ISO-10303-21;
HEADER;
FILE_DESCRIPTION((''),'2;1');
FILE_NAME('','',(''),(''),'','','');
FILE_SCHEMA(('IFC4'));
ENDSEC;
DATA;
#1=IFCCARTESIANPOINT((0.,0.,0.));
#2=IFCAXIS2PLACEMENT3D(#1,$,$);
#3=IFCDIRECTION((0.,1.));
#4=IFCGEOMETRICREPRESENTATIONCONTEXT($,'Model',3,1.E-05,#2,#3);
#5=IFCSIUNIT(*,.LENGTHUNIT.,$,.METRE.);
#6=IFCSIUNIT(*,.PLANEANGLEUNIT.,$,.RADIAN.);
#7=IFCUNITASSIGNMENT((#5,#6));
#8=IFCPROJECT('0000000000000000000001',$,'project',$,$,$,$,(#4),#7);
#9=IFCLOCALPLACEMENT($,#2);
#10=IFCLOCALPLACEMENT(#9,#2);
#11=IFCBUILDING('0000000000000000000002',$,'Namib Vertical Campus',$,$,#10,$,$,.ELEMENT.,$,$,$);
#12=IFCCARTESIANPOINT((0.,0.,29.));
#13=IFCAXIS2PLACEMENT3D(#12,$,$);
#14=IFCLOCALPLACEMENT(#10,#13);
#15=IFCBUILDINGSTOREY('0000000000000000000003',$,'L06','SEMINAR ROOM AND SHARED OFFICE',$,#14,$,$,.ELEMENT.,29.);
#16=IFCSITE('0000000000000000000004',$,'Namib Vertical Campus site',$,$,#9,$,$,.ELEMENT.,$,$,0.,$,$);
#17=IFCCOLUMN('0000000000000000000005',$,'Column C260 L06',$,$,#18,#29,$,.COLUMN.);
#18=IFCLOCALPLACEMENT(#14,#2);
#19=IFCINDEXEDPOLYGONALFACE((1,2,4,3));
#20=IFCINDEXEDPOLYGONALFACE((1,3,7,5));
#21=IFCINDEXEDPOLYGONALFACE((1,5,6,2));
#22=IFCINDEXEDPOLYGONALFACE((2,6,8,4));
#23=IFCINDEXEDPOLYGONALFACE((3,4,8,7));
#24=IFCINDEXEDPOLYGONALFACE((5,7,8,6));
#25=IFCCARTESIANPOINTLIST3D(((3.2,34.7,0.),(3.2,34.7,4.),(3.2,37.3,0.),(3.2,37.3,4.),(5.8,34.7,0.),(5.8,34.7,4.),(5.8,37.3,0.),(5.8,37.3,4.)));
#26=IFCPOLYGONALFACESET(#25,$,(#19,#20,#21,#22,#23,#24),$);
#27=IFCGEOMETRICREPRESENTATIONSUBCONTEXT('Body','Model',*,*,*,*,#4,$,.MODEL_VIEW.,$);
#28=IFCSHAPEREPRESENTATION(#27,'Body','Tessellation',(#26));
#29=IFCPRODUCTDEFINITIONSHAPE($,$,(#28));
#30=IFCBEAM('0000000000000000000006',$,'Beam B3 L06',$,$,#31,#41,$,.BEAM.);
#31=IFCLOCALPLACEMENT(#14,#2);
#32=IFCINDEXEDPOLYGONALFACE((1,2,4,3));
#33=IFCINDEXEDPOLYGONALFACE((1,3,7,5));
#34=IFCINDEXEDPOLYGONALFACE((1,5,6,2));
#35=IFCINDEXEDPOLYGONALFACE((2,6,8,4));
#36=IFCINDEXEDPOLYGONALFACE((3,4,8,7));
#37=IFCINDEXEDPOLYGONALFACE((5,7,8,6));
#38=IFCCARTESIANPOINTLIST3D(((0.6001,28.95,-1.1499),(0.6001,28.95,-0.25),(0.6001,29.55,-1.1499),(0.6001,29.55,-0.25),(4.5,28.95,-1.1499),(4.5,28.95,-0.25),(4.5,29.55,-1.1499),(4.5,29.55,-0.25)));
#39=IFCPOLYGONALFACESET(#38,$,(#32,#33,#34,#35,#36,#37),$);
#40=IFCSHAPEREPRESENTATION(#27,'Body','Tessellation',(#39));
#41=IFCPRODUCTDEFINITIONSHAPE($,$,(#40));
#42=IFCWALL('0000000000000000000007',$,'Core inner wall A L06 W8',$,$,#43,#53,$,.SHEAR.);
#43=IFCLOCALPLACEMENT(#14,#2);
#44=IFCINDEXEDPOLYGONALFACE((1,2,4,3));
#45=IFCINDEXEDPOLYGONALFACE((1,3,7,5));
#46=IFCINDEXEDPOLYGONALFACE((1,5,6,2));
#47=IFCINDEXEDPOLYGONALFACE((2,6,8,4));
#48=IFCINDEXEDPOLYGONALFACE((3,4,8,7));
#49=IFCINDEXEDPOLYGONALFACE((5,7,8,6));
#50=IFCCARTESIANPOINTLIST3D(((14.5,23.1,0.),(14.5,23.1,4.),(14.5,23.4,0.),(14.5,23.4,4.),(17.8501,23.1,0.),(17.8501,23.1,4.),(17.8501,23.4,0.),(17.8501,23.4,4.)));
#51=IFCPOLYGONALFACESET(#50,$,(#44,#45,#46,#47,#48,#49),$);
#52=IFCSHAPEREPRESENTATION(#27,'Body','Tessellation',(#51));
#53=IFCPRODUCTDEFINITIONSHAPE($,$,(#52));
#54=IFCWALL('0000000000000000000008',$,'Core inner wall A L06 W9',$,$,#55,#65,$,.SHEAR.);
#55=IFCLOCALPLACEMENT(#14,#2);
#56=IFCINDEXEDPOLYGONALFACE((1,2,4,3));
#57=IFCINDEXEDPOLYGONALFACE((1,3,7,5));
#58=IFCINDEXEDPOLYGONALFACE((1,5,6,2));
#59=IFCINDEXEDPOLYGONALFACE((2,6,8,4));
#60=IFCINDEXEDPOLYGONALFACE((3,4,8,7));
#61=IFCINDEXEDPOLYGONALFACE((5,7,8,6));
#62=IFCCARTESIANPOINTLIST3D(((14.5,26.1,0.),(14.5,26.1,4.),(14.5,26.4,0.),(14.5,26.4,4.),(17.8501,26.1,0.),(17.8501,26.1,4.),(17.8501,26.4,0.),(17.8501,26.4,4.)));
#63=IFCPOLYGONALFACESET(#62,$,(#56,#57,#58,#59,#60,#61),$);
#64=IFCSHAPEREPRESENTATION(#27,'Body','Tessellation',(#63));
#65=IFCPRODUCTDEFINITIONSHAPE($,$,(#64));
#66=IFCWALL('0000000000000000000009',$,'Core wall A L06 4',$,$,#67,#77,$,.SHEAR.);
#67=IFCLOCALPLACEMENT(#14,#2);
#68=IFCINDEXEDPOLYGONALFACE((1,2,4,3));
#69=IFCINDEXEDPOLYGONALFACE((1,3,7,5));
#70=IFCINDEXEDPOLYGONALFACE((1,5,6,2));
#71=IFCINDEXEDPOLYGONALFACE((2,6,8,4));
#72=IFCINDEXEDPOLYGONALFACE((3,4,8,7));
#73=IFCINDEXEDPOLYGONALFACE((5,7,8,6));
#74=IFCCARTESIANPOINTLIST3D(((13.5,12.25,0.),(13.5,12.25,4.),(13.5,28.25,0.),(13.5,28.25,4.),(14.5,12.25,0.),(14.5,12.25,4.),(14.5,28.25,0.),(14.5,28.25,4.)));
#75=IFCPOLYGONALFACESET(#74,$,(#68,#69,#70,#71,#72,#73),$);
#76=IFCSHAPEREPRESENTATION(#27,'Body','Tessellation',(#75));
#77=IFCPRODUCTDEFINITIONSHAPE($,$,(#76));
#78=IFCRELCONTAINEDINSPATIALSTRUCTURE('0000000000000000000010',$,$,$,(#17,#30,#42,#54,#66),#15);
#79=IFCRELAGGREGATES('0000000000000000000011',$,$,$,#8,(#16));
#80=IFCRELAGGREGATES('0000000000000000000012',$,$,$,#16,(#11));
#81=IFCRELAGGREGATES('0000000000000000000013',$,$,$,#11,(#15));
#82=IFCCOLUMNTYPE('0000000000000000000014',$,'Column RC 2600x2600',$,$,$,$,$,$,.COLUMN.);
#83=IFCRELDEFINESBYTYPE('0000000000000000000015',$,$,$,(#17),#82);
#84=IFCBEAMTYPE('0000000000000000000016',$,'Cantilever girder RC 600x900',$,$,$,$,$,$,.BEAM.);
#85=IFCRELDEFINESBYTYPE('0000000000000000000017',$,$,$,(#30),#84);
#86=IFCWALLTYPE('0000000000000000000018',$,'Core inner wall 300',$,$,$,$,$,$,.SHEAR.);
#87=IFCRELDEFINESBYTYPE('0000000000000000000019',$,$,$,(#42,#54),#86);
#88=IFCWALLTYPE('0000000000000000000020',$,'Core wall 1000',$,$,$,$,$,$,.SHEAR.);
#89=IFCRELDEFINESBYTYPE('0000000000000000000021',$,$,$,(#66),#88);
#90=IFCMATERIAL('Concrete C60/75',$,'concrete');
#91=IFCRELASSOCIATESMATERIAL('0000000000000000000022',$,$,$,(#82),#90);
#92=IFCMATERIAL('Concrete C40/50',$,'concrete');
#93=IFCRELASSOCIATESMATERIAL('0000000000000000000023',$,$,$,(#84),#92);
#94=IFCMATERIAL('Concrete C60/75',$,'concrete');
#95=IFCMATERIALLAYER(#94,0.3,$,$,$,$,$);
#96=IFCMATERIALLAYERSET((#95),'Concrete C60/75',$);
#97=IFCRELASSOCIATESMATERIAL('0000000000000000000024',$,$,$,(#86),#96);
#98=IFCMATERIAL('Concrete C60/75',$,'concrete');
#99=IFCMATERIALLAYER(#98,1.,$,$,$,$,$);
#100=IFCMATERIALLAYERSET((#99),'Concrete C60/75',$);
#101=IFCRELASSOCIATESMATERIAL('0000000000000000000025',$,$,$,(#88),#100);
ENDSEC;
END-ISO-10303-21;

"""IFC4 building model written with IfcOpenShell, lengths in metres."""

from ifc_helpers import new_model, si_unit, direction, frame, frame_2d, origin, origin_2d, place, context, subcontext, project, spatial, rectangle, extrude, material, layer, layer_set, material_profile, profile_set, type_object, element, save


model = new_model("IFC4")

# Units and contexts
model_context = context("Model", 3, precision=1e-05, world=origin(), true_north=direction((0.0, 1.0)))
body_context = subcontext(model_context, "Body", "Model", "MODEL_VIEW")
ifc_project = project(units=[si_unit("LENGTHUNIT", "METRE"), si_unit("PLANEANGLEUNIT", "RADIAN")], contexts=[model_context])

# Site, building, storey
site_placement = place(None, origin())
site = spatial("IfcSite", under=ifc_project, at=site_placement, Name="Namib Vertical Campus site", CompositionType="ELEMENT", RefElevation=0.0)
building_placement = place(site_placement, origin())
building = spatial("IfcBuilding", under=site, at=building_placement, Name="Namib Vertical Campus", CompositionType="ELEMENT")
storey_placement = place(building_placement, frame((0.0, 0.0, 29.0)))
storey = spatial("IfcBuildingStorey", under=building, at=storey_placement, Name="L06", Description="SEMINAR ROOM AND SHARED OFFICE", CompositionType="ELEMENT", Elevation=29.0)

# Column
ifc_material_1 = material(Name="Concrete C60/75", Category="concrete")
ifc_material_profile_1 = material_profile(ifc_material_1, rectangle(XDim=2.6001, YDim=2.6001, at=origin_2d()))
ifc_profile_set_1 = profile_set([ifc_material_profile_1], Name="Concrete C60/75")
column_type = type_object("IfcColumnType", Name="Column RC 2600x2600", PredefinedType="COLUMN", material=ifc_profile_set_1)
column_placement = place(storey_placement, frame((4.5, 36.0, 0.0), z_axis=(0.0, 0.0, 1.0), x_axis=(1.0, 0.0, 0.0)))
element("IfcColumn", 1, at=column_placement, inside=storey, type_object=column_type, Name="Column C260 L06", PredefinedType="COLUMN", context=body_context, shape_type="SweptSolid", body=[
    extrude(rectangle(XDim=2.6001, YDim=2.6001, at=origin_2d()), origin(), (0.0, 0.0, 1.0), 4.0),
])

# Beam
ifc_material_2 = material(Name="Concrete C40/50", Category="concrete")
ifc_material_profile_2 = material_profile(ifc_material_2, rectangle(XDim=0.6001, YDim=0.8999, at=origin_2d()))
ifc_profile_set_2 = profile_set([ifc_material_profile_2], Name="Concrete C40/50")
beam_type = type_object("IfcBeamType", Name="Cantilever girder RC 600x900", PredefinedType="BEAM", material=ifc_profile_set_2)
beam_placement = place(storey_placement, frame((4.5, 29.25, -0.7), z_axis=(-1.0, 0.0, 0.0), x_axis=(0.0, -1.0, 0.0)))
element("IfcBeam", 2, at=beam_placement, inside=storey, type_object=beam_type, Name="Beam B3 L06", PredefinedType="BEAM", context=body_context, shape_type="SweptSolid", body=[
    extrude(rectangle(XDim=0.6001, YDim=0.8999, at=origin_2d()), origin(), (0.0, 0.0, 1.0), 3.8999),
])

# Walls
ifc_material_3 = material(Name="Concrete C60/75", Category="concrete")
ifc_layer_1 = layer(ifc_material_3, 0.3)
ifc_layer_set_1 = layer_set([ifc_layer_1], Name="Concrete C60/75")
wall_type_1 = type_object("IfcWallType", Name="Core inner wall 300", PredefinedType="SHEAR", material=ifc_layer_set_1)
for number, where, z_axis, x_axis, name in (
    (3, (14.5, 23.25, 0.0), (0.0, 0.0, 1.0), (1.0, 0.0, 0.0), "Core inner wall A L06 W8"),
    (4, (14.5, 26.25, 0.0), (0.0, 0.0, 1.0), (1.0, 0.0, 0.0), "Core inner wall A L06 W9"),
):
    element("IfcWall", number, at=place(storey_placement, frame(where, z_axis=z_axis, x_axis=x_axis)), inside=storey, type_object=wall_type_1, Name=name, PredefinedType="SHEAR", context=body_context, shape_type="SweptSolid", body=[
        extrude(rectangle(XDim=3.3501, YDim=0.3, at=frame_2d((1.675, 0.0))), origin(), (0.0, 0.0, 1.0), 4.0),
    ])
ifc_material_4 = material(Name="Concrete C60/75", Category="concrete")
ifc_layer_2 = layer(ifc_material_4, 1.0)
ifc_layer_set_2 = layer_set([ifc_layer_2], Name="Concrete C60/75")
wall_type_2 = type_object("IfcWallType", Name="Core wall 1000", PredefinedType="SHEAR", material=ifc_layer_set_2)
wall_1_placement = place(storey_placement, frame((14.0, 28.25, 0.0), z_axis=(0.0, 0.0, 1.0), x_axis=(0.0, -1.0, 0.0)))
element("IfcWall", 5, at=wall_1_placement, inside=storey, type_object=wall_type_2, Name="Core wall A L06 4", PredefinedType="SHEAR", context=body_context, shape_type="SweptSolid", body=[
    extrude(rectangle(XDim=16.0, YDim=1.0, at=frame_2d((8.0, 0.0))), origin(), (0.0, 0.0, 1.0), 4.0),
])

save(model, "model.ifc")
